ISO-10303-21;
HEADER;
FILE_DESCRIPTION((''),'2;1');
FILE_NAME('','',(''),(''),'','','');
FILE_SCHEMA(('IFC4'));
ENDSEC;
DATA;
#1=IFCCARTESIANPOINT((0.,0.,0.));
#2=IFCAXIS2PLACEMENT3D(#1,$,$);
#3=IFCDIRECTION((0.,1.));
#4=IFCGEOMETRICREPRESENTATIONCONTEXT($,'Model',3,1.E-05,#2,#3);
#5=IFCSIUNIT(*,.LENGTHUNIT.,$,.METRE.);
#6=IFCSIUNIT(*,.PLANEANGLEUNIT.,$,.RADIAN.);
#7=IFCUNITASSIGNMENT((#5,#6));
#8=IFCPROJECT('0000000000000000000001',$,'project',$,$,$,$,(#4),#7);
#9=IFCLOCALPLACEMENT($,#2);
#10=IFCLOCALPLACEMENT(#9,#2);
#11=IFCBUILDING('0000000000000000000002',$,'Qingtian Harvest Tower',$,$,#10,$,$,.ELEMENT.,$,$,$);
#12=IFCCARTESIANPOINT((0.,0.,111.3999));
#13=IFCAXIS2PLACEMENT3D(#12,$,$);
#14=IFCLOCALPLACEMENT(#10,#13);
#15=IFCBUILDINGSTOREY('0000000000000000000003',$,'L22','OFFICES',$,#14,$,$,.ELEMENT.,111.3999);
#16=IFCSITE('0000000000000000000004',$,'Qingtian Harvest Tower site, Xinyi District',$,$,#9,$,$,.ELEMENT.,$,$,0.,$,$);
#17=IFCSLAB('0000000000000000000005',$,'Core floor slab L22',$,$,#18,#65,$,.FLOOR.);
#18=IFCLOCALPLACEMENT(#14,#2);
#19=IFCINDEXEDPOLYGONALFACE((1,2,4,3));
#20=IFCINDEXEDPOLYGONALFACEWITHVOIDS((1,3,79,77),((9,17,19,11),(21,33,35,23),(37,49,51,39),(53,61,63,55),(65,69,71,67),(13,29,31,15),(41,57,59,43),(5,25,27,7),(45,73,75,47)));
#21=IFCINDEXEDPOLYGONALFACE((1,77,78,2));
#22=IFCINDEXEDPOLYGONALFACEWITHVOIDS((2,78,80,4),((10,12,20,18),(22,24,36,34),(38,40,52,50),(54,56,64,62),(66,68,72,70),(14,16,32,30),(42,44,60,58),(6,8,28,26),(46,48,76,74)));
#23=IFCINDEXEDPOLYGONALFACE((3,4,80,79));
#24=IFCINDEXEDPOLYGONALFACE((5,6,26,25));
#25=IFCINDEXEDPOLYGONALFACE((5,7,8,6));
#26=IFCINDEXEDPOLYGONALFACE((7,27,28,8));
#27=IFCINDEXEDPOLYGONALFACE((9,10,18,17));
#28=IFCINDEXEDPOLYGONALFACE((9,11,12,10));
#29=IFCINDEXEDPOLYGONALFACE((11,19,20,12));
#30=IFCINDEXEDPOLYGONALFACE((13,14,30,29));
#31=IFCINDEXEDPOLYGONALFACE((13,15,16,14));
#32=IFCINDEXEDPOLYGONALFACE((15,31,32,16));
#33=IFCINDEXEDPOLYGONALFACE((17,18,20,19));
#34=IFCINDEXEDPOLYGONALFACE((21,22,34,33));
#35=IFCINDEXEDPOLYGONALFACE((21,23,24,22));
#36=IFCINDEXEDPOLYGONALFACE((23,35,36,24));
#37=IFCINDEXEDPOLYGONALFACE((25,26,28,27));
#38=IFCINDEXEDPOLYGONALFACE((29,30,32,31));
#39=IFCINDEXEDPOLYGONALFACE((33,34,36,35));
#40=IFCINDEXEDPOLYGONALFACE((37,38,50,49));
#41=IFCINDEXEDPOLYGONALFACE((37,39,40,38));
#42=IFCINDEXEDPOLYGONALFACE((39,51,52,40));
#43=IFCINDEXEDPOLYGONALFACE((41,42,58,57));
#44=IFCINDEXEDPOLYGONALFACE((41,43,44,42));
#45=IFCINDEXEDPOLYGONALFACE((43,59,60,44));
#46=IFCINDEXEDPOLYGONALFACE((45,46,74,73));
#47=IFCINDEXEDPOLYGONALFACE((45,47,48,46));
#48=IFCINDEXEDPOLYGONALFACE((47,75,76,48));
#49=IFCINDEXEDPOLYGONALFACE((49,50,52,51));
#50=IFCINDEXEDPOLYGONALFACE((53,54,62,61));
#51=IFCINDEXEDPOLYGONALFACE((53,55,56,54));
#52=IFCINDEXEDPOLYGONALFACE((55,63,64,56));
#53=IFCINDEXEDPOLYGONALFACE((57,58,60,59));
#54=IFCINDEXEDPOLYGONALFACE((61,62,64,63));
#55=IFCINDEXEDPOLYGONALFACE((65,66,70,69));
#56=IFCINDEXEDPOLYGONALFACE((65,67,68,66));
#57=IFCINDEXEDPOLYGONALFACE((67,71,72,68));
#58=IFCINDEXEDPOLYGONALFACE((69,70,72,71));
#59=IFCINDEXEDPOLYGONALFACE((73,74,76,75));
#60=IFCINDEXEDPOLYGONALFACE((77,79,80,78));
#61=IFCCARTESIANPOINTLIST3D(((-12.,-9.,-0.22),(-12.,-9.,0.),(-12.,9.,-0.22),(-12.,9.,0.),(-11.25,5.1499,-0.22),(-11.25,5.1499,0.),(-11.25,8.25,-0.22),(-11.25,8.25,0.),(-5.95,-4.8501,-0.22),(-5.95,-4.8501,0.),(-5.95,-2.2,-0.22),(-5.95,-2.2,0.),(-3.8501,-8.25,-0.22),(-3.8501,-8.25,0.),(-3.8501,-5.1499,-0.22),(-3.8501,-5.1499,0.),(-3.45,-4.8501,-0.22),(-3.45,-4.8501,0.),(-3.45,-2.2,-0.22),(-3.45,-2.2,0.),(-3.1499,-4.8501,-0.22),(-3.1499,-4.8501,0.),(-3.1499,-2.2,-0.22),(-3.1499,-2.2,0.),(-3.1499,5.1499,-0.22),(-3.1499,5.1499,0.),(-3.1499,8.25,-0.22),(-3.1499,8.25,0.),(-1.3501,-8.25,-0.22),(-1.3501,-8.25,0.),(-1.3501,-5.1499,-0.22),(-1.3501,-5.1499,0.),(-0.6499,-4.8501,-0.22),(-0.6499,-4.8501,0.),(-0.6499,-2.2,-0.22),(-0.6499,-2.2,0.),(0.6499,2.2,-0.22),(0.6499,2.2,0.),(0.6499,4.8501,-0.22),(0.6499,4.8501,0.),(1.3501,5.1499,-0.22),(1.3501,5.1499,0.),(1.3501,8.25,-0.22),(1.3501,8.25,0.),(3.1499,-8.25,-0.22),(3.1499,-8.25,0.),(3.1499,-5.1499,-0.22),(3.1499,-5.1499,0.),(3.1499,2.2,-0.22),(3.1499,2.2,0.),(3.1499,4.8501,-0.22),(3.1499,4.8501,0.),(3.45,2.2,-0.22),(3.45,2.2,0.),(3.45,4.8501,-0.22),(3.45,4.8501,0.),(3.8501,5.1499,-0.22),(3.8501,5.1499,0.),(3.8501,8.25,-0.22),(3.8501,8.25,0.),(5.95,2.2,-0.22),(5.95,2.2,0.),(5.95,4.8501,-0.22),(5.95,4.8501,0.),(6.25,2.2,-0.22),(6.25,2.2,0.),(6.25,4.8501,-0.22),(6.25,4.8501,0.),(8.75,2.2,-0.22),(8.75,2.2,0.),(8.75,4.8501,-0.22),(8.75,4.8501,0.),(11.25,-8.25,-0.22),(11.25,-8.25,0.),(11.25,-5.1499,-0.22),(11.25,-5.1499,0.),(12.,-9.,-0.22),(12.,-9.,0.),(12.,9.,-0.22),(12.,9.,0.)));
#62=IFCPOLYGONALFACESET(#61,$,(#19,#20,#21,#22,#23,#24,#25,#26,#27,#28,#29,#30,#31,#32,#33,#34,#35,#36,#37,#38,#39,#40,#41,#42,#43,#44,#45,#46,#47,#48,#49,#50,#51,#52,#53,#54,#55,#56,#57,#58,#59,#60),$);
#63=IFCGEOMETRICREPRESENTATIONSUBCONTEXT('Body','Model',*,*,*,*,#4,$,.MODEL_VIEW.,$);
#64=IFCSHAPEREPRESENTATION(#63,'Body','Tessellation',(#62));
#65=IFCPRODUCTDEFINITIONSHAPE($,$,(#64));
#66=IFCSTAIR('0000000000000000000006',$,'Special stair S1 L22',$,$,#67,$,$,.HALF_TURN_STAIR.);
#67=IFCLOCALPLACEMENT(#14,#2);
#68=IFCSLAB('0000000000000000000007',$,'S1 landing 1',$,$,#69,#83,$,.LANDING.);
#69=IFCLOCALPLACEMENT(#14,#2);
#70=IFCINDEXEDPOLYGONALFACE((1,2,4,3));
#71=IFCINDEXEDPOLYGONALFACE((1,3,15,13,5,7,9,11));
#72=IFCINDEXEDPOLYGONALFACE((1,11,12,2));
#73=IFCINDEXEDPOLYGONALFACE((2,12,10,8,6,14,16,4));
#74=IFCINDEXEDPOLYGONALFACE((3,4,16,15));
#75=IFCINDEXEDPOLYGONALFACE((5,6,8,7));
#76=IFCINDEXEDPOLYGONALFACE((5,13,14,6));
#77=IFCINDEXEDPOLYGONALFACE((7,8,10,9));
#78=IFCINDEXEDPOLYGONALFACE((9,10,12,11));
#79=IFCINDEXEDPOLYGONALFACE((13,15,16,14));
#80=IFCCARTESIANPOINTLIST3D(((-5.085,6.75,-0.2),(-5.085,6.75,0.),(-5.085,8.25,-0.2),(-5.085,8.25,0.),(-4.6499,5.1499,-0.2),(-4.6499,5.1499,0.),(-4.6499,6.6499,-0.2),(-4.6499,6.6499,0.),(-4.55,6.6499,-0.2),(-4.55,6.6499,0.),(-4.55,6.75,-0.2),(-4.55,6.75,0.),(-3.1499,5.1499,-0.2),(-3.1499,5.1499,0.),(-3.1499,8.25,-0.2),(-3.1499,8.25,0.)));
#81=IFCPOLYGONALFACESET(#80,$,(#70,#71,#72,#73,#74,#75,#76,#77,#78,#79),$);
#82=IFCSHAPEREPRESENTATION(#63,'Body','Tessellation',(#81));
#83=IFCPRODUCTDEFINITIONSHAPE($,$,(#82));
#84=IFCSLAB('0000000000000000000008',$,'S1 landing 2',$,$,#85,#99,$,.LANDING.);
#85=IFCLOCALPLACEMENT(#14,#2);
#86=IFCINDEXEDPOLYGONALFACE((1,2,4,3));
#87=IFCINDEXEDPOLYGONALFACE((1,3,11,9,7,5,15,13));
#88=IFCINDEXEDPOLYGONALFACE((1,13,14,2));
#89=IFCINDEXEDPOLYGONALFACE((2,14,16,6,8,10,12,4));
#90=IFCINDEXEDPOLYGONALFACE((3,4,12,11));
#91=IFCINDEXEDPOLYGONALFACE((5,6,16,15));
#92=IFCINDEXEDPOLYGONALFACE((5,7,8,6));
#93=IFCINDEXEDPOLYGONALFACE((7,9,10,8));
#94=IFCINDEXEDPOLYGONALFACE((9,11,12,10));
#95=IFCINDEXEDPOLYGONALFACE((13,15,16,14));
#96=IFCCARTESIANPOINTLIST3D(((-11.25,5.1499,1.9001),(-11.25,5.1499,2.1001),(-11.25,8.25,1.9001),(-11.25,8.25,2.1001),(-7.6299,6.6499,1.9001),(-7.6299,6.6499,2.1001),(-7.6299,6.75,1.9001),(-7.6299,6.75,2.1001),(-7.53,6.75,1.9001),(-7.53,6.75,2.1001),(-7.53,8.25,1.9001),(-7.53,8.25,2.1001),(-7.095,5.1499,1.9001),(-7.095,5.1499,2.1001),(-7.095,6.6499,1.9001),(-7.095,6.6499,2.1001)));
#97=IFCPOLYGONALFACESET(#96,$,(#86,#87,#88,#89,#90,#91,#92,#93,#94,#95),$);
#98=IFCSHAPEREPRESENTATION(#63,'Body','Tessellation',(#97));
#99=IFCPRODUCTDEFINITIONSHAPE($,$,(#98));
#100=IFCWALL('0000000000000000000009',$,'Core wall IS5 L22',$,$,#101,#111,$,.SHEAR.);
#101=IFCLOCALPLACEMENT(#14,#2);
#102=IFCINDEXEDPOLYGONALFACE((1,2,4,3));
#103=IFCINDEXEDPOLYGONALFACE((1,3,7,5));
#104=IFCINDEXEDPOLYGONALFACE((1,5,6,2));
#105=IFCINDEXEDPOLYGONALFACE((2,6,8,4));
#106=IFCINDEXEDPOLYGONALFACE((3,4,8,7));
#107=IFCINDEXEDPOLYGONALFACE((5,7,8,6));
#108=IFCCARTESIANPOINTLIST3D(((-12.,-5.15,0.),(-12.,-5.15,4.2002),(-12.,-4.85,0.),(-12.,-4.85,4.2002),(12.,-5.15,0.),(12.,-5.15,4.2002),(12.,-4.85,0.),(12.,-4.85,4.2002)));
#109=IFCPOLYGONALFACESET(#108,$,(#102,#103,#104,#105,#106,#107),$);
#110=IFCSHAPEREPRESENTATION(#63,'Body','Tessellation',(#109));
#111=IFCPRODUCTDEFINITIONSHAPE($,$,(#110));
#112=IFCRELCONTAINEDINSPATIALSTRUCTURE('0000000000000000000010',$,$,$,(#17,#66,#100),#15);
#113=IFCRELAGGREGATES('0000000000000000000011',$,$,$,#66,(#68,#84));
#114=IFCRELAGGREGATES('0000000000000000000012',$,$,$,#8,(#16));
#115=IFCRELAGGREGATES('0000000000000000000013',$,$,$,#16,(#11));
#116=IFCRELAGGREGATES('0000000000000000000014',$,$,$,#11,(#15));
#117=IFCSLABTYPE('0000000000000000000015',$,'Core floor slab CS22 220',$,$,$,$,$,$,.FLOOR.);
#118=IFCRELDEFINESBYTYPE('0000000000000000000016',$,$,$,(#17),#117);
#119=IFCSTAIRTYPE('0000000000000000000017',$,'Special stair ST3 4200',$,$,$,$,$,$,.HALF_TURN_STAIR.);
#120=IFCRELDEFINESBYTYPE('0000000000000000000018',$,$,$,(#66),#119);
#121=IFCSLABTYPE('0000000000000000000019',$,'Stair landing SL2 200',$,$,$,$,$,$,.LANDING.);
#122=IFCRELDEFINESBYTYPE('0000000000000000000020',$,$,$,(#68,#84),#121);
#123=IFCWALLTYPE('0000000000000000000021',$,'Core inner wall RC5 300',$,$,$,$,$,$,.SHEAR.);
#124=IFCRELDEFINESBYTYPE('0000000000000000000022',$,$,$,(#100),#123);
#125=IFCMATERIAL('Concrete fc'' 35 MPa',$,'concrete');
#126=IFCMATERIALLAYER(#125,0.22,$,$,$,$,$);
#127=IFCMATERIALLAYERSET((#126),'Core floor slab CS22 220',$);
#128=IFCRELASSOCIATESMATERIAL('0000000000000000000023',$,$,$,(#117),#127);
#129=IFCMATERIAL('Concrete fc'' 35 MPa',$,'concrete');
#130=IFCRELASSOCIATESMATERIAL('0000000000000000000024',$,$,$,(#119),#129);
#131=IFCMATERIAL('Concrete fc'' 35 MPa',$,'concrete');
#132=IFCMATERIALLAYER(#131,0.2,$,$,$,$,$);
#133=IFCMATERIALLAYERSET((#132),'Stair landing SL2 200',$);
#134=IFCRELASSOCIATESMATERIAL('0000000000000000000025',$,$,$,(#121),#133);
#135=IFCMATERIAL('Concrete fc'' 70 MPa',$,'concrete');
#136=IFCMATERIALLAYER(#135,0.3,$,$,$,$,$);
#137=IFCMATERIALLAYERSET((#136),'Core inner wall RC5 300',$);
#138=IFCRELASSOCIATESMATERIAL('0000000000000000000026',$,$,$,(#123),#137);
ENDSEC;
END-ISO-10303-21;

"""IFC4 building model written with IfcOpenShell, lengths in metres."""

from ifc_helpers import new_model, si_unit, direction, frame, frame_2d, origin, place, context, subcontext, project, spatial, polyline, rectangle, outline, extrude, material, layer, layer_set, type_object, element, aggregate, save


model = new_model("IFC4")

# Units and contexts
model_context = context("Model", 3, precision=1e-05, world=origin(), true_north=direction((0.0, 1.0)))
body_context = subcontext(model_context, "Body", "Model", "MODEL_VIEW")
ifc_project = project(units=[si_unit("LENGTHUNIT", "METRE"), si_unit("PLANEANGLEUNIT", "RADIAN")], contexts=[model_context])

# Site, building, storey
site_placement = place(None, origin())
site = spatial("IfcSite", under=ifc_project, at=site_placement, Name="Qingtian Harvest Tower site, Xinyi District", CompositionType="ELEMENT", RefElevation=0.0)
building_placement = place(site_placement, origin())
building = spatial("IfcBuilding", under=site, at=building_placement, Name="Qingtian Harvest Tower", CompositionType="ELEMENT")
storey_placement = place(building_placement, frame((0.0, 0.0, 111.3999)))
storey = spatial("IfcBuildingStorey", under=building, at=storey_placement, Name="L22", Description="OFFICES", CompositionType="ELEMENT", Elevation=111.3999)

# Slab
ifc_material_1 = material(Name="Concrete fc' 35 MPa", Category="concrete")
ifc_layer_1 = layer(ifc_material_1, 0.22)
ifc_layer_set_1 = layer_set([ifc_layer_1], Name="Core floor slab CS22 220")
slab_type_1 = type_object("IfcSlabType", Name="Core floor slab CS22 220", PredefinedType="FLOOR", material=ifc_layer_set_1)
slab_1_placement = place(storey_placement, frame((0.0, 0.0, -0.22)))
element("IfcSlab", 1, at=slab_1_placement, inside=storey, type_object=slab_type_1, Name="Core floor slab L22", PredefinedType="FLOOR", context=body_context, shape_type="SweptSolid", body=[
    extrude(outline(polyline([(-12.0, -9.0), (12.0, -9.0), (12.0, 9.0), (-12.0, 9.0), (-12.0, -9.0)]), holes=[polyline([(-11.25, 5.1499), (-3.1499, 5.1499), (-3.1499, 8.25), (-11.25, 8.25), (-11.25, 5.1499)]), polyline([(3.1499, -8.25), (11.25, -8.25), (11.25, -5.1499), (3.1499, -5.1499), (3.1499, -8.25)]), polyline([(1.3501, 5.1499), (3.8501, 5.1499), (3.8501, 8.25), (1.3501, 8.25), (1.3501, 5.1499)]), polyline([(-3.8501, -8.25), (-1.3501, -8.25), (-1.3501, -5.1499), (-3.8501, -5.1499), (-3.8501, -8.25)]), polyline([(0.6499, 2.2), (3.1499, 2.2), (3.1499, 4.8501), (0.6499, 4.8501), (0.6499, 2.2)]), polyline([(3.45, 2.2), (5.95, 2.2), (5.95, 4.8501), (3.45, 4.8501), (3.45, 2.2)]), polyline([(6.25, 2.2), (8.75, 2.2), (8.75, 4.8501), (6.25, 4.8501), (6.25, 2.2)]), polyline([(-5.95, -4.8501), (-3.45, -4.8501), (-3.45, -2.2), (-5.95, -2.2), (-5.95, -4.8501)]), polyline([(-3.1499, -4.8501), (-0.6499, -4.8501), (-0.6499, -2.2), (-3.1499, -2.2), (-3.1499, -4.8501)])]), origin(), (0.0, 0.0, 1.0), 0.22),
])

# Stair, slabs
ifc_material_2 = material(Name="Concrete fc' 35 MPa", Category="concrete")
stair_type = type_object("IfcStairType", Name="Special stair ST3 4200", PredefinedType="HALF_TURN_STAIR", material=ifc_material_2)
stair_placement = place(storey_placement, origin())
stair = element("IfcStair", 2, at=stair_placement, inside=storey, type_object=stair_type, Name="Special stair S1 L22", PredefinedType="HALF_TURN_STAIR")
ifc_material_3 = material(Name="Concrete fc' 35 MPa", Category="concrete")
ifc_layer_2 = layer(ifc_material_3, 0.2)
ifc_layer_set_2 = layer_set([ifc_layer_2], Name="Stair landing SL2 200")
slab_type_2 = type_object("IfcSlabType", Name="Stair landing SL2 200", PredefinedType="LANDING", material=ifc_layer_set_2)
slab_2_placement = place(storey_placement, frame((0.0, 0.0, -0.2)))
slab_2 = element("IfcSlab", 3, at=slab_2_placement, type_object=slab_type_2, Name="S1 landing 1", PredefinedType="LANDING", context=body_context, shape_type="SweptSolid", body=[
    extrude(outline(polyline([(-4.6499, 5.1499), (-4.6499, 6.6499), (-4.55, 6.6499), (-4.55, 6.75), (-5.085, 6.75), (-5.085, 8.25), (-3.1499, 8.25), (-3.1499, 5.1499), (-4.6499, 5.1499)])), origin(), (0.0, 0.0, 1.0), 0.2),
])
slab_3_placement = place(storey_placement, frame((0.0, 0.0, 1.9001)))
slab_3 = element("IfcSlab", 4, at=slab_3_placement, type_object=slab_type_2, Name="S1 landing 2", PredefinedType="LANDING", context=body_context, shape_type="SweptSolid", body=[
    extrude(outline(polyline([(-7.095, 5.1499), (-11.25, 5.1499), (-11.25, 8.25), (-7.53, 8.25), (-7.53, 6.75), (-7.6299, 6.75), (-7.6299, 6.6499), (-7.095, 6.6499), (-7.095, 5.1499)])), origin(), (0.0, 0.0, 1.0), 0.2),
])
aggregate(stair, [slab_2, slab_3])

# Wall
ifc_material_4 = material(Name="Concrete fc' 70 MPa", Category="concrete")
ifc_layer_3 = layer(ifc_material_4, 0.3)
ifc_layer_set_3 = layer_set([ifc_layer_3], Name="Core inner wall RC5 300")
wall_type_1 = type_object("IfcWallType", Name="Core inner wall RC5 300", PredefinedType="SHEAR", material=ifc_layer_set_3)
wall_1_placement = place(storey_placement, frame((-12.0, -5.0, 0.0), z_axis=(0.0, 0.0, 1.0), x_axis=(1.0, 0.0, 0.0)))
element("IfcWall", 5, at=wall_1_placement, inside=storey, type_object=wall_type_1, Name="Core wall IS5 L22", PredefinedType="SHEAR", context=body_context, shape_type="SweptSolid", body=[
    extrude(rectangle(XDim=24.0, YDim=0.3, at=frame_2d((12.0, 0.0))), origin(), (0.0, 0.0, 1.0), 4.2002),
])

save(model, "model.ifc")
